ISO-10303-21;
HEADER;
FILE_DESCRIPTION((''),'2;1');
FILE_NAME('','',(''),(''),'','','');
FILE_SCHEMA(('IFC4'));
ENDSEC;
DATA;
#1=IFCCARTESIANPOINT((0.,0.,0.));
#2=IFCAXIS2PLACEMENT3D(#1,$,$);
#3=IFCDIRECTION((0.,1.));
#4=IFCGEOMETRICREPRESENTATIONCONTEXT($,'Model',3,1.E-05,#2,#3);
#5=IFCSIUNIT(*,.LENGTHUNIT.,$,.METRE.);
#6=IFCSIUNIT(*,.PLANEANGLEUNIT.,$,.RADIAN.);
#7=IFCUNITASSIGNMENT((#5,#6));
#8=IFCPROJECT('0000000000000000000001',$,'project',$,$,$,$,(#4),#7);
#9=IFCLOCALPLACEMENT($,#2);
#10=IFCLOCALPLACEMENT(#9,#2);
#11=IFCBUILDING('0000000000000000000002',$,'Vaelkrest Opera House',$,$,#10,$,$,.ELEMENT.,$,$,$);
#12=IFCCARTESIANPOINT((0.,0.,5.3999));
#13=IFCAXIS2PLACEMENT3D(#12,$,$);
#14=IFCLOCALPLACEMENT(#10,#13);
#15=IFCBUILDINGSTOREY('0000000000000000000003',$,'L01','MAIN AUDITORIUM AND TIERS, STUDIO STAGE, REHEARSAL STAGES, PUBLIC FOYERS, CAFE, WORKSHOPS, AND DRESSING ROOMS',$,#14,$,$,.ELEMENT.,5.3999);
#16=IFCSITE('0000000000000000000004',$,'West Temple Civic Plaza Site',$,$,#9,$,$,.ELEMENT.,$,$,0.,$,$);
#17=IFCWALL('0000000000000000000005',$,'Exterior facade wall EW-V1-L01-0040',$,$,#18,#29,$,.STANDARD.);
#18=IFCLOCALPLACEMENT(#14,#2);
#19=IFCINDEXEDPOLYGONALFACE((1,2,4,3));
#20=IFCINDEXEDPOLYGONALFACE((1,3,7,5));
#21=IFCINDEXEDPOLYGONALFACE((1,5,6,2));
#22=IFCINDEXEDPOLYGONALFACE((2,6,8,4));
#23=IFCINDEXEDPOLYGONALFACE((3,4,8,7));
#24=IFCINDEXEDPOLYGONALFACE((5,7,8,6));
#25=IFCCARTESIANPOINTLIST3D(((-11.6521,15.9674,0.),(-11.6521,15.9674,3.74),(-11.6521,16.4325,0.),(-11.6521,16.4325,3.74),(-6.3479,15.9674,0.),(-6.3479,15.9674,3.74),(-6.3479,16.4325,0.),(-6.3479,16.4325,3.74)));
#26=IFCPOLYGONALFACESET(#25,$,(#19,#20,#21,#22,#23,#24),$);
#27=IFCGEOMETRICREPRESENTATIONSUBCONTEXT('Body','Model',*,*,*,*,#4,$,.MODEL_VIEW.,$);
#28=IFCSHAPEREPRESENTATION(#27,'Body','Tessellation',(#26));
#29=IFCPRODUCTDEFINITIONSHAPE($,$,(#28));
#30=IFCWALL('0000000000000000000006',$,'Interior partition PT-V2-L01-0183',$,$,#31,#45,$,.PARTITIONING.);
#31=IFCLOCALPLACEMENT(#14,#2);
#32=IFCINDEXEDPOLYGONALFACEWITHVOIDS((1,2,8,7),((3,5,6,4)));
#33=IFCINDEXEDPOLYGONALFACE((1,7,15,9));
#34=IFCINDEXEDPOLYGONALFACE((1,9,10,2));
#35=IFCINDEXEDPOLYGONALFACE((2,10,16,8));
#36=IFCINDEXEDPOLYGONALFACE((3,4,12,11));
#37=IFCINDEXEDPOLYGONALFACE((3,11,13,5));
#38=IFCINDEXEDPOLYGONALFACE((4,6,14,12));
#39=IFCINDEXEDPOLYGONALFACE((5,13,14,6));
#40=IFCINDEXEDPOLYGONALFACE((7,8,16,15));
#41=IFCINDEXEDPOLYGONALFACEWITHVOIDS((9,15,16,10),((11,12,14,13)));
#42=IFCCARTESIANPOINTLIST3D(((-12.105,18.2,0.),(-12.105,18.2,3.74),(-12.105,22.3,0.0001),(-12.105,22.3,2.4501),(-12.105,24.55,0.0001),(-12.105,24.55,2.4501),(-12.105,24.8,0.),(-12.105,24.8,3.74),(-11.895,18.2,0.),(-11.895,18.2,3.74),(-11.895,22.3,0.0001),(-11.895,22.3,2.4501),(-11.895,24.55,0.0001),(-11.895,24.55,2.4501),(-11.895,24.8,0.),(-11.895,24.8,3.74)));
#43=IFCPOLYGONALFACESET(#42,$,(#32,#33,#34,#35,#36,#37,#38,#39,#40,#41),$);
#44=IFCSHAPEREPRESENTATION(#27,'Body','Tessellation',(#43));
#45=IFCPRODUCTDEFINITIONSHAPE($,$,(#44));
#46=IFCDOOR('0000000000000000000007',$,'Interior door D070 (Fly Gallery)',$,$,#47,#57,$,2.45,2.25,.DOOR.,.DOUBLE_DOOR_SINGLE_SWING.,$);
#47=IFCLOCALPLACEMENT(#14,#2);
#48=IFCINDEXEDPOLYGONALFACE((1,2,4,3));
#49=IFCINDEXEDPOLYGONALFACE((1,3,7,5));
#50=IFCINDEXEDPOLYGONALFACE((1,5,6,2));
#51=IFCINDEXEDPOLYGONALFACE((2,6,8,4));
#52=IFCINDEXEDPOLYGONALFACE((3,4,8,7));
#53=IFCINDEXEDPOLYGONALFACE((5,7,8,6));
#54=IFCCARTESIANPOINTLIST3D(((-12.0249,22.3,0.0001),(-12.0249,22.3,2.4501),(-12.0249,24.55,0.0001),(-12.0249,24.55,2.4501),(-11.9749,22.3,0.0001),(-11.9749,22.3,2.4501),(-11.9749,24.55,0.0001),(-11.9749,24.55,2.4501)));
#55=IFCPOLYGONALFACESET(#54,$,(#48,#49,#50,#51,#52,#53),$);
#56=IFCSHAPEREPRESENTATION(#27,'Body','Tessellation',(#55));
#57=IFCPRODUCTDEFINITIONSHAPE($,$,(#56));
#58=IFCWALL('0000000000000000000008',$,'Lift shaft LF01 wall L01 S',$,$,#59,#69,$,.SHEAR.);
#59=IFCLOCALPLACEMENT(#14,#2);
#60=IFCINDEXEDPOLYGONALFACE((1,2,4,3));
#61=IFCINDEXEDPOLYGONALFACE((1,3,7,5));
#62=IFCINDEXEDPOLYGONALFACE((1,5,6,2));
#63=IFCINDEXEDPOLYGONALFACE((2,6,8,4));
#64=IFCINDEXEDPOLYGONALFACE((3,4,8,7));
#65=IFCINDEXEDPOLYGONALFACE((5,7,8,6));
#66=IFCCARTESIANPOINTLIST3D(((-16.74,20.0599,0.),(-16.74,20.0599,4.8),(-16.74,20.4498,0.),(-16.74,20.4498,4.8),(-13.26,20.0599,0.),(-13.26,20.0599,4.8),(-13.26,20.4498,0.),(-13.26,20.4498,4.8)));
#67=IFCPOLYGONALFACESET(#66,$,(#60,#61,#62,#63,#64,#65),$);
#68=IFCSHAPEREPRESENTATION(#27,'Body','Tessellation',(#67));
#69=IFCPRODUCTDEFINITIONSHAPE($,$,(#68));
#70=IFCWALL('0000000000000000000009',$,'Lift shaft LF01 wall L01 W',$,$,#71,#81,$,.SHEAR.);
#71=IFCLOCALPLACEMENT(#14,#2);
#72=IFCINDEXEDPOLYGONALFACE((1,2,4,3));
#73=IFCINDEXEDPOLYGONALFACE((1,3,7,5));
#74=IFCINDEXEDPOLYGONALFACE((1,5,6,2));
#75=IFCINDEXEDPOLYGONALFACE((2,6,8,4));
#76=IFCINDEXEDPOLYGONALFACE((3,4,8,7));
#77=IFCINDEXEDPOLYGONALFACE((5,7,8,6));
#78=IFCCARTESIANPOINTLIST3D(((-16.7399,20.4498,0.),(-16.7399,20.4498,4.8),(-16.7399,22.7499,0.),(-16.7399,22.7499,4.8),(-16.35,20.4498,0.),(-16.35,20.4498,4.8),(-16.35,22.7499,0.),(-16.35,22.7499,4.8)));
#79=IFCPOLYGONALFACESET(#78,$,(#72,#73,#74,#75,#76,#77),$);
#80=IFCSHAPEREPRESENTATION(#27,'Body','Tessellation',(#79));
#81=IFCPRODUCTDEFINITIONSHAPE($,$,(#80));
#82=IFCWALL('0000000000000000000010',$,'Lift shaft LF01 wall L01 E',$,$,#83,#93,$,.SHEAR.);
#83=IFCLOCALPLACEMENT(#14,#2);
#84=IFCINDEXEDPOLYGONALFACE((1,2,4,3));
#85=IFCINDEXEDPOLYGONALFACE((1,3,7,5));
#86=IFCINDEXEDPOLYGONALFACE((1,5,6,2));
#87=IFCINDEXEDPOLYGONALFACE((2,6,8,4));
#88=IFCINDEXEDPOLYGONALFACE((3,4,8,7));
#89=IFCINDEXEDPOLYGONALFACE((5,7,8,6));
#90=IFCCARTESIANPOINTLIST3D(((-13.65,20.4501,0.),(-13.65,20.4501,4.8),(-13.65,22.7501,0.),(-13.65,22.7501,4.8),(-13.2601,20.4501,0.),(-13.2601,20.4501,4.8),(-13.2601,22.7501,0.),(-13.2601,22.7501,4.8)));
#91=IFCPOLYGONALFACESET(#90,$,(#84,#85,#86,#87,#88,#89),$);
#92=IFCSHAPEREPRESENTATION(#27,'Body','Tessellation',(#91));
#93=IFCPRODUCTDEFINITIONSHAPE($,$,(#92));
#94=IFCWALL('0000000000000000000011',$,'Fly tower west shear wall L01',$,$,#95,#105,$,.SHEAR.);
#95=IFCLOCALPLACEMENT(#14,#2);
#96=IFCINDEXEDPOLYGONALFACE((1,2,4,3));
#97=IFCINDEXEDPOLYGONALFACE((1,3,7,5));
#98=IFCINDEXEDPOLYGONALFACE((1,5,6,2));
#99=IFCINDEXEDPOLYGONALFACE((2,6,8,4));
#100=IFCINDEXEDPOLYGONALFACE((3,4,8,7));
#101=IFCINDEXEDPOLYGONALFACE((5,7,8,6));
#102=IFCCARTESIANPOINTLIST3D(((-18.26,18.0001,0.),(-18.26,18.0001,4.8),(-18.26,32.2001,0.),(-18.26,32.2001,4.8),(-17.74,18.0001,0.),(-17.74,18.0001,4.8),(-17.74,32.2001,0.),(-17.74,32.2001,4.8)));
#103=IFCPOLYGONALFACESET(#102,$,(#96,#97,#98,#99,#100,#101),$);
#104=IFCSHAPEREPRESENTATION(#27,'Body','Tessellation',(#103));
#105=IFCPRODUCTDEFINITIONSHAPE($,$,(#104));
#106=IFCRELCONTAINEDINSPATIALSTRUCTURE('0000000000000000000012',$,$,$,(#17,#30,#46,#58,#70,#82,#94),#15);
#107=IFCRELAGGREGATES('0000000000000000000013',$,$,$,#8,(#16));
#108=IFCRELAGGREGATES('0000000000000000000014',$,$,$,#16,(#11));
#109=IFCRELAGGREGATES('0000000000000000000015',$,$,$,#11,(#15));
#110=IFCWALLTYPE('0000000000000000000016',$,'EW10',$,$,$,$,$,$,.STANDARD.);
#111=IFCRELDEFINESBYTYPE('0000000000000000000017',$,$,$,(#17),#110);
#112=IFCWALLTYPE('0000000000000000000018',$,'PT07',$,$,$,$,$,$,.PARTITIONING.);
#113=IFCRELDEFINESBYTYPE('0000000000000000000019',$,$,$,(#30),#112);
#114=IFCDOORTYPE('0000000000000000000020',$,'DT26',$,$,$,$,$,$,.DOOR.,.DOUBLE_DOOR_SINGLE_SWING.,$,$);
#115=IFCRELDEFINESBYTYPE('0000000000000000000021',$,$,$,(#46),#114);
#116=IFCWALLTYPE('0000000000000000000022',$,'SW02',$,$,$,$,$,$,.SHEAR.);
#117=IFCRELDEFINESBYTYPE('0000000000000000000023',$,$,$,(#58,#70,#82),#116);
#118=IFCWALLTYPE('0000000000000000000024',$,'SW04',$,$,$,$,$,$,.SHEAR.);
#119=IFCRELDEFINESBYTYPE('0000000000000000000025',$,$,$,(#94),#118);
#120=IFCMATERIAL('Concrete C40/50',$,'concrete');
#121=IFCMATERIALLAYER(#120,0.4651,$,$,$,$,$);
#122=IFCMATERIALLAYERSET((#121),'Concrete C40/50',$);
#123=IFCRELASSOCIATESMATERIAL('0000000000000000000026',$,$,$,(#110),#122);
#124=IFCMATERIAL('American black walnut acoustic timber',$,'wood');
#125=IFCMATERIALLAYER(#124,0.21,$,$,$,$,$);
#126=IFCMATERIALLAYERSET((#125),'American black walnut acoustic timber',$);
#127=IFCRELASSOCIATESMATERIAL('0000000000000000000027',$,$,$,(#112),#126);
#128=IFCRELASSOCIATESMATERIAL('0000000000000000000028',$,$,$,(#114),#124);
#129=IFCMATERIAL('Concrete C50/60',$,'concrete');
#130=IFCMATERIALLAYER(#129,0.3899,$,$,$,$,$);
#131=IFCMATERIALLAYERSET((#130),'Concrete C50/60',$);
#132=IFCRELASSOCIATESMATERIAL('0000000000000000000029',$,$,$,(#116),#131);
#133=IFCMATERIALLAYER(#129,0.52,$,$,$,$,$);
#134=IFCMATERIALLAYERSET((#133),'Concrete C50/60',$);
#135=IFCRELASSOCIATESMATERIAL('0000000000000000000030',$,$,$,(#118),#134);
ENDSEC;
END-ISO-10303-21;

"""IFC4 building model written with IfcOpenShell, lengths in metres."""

from ifc_helpers import new_model, si_unit, direction, frame, frame_2d, origin, place, context, subcontext, project, spatial, rectangle, extrude, material, layer, layer_set, type_object, element, fill, save


model = new_model("IFC4")

# Units and contexts
model_context = context("Model", 3, precision=1e-05, world=origin(), true_north=direction((0.0, 1.0)))
body_context = subcontext(model_context, "Body", "Model", "MODEL_VIEW")
ifc_project = project(units=[si_unit("LENGTHUNIT", "METRE"), si_unit("PLANEANGLEUNIT", "RADIAN")], contexts=[model_context])

# Site, building, storey
site_placement = place(None, origin())
site = spatial("IfcSite", under=ifc_project, at=site_placement, Name="West Temple Civic Plaza Site", CompositionType="ELEMENT", RefElevation=0.0)
building_placement = place(site_placement, origin())
building = spatial("IfcBuilding", under=site, at=building_placement, Name="Vaelkrest Opera House", CompositionType="ELEMENT")
storey_placement = place(building_placement, frame((0.0, 0.0, 5.3999)))
storey = spatial("IfcBuildingStorey", under=building, at=storey_placement, Name="L01", Description="MAIN AUDITORIUM AND TIERS, STUDIO STAGE, REHEARSAL STAGES, PUBLIC FOYERS, CAFE, WORKSHOPS, AND DRESSING ROOMS", CompositionType="ELEMENT", Elevation=5.3999)

# Shared definitions
ifc_material_1 = material(Name="Concrete C50/60", Category="concrete")

# Wall
ifc_material_2 = material(Name="Concrete C40/50", Category="concrete")
ifc_layer_1 = layer(ifc_material_2, 0.4651)
ifc_layer_set_1 = layer_set([ifc_layer_1], Name="Concrete C40/50")
wall_type_1 = type_object("IfcWallType", Name="EW10", PredefinedType="STANDARD", material=ifc_layer_set_1)
wall_1_placement = place(storey_placement, frame((-11.6521, 16.2, 0.0), z_axis=(0.0, 0.0, 1.0), x_axis=(1.0, 0.0, 0.0)))
element("IfcWall", 1, at=wall_1_placement, inside=storey, type_object=wall_type_1, Name="Exterior facade wall EW-V1-L01-0040", PredefinedType="STANDARD", context=body_context, shape_type="SweptSolid", body=[
    extrude(rectangle(XDim=5.3042, YDim=0.4651, at=frame_2d((2.6521, 0.0))), origin(), (0.0, 0.0, 1.0), 3.74),
])

# Wall, opening, door
ifc_material_3 = material(Name="American black walnut acoustic timber", Category="wood")
ifc_layer_2 = layer(ifc_material_3, 0.21)
ifc_layer_set_2 = layer_set([ifc_layer_2], Name="American black walnut acoustic timber")
wall_type_2 = type_object("IfcWallType", Name="PT07", PredefinedType="PARTITIONING", material=ifc_layer_set_2)
wall_2_placement = place(storey_placement, frame((-12.0, 18.2, 0.0), z_axis=(0.0, 0.0, 1.0), x_axis=(0.0, 1.0, 0.0)))
wall_2 = element("IfcWall", 2, at=wall_2_placement, inside=storey, type_object=wall_type_2, Name="Interior partition PT-V2-L01-0183", PredefinedType="PARTITIONING", context=body_context, shape_type="SweptSolid", body=[
    extrude(rectangle(XDim=6.6001, YDim=0.21, at=frame_2d((3.3, 0.0))), origin(), (0.0, 0.0, 1.0), 3.74),
])
opening_1_placement = place(wall_2_placement, frame((4.1001, 0.0, 0.0)))
opening_1 = element("IfcOpeningElement", 3, at=opening_1_placement, cuts=wall_2, PredefinedType="OPENING", context=body_context, shape_type="SweptSolid", body=[
    extrude(rectangle(XDim=2.25, YDim=2.45, at=frame_2d((1.125, 1.2251))), frame((0.0, 0.115, 0.0), z_axis=(0.0, -1.0, 0.0), x_axis=(1.0, 0.0, 0.0)), (0.0, 0.0, 1.0), 0.23),
])
door_type_1 = type_object("IfcDoorType", Name="DT26", OperationType="DOUBLE_DOOR_SINGLE_SWING", PredefinedType="DOOR", material=ifc_material_3)
door_1_placement = place(opening_1_placement, origin())
door_1 = element("IfcDoor", 4, at=door_1_placement, inside=storey, type_object=door_type_1, Name="Interior door D070 (Fly Gallery)", OperationType="DOUBLE_DOOR_SINGLE_SWING", OverallHeight=2.45, OverallWidth=2.25, PredefinedType="DOOR", context=body_context, shape_type="SweptSolid", body=[
    extrude(rectangle(XDim=2.25, YDim=2.45, at=frame_2d((1.125, 1.2251))), frame((0.0, 0.0249, 0.0), z_axis=(0.0, -1.0, 0.0), x_axis=(1.0, 0.0, 0.0)), (0.0, 0.0, 1.0), 0.05),
])
fill(opening_1, door_1)

# Wall
ifc_layer_3 = layer(ifc_material_1, 0.3899)
ifc_layer_set_3 = layer_set([ifc_layer_3], Name="Concrete C50/60")
wall_type_3 = type_object("IfcWallType", Name="SW02", PredefinedType="SHEAR", material=ifc_layer_set_3)
wall_3_placement = place(storey_placement, frame((-13.26, 20.2549, 0.0), z_axis=(0.0, 0.0, 1.0), x_axis=(-1.0, 0.0, 0.0)))
element("IfcWall", 5, at=wall_3_placement, inside=storey, type_object=wall_type_3, Name="Lift shaft LF01 wall L01 S", PredefinedType="SHEAR", context=body_context, shape_type="SweptSolid", body=[
    extrude(rectangle(XDim=3.48, YDim=0.3899, at=frame_2d((1.74, 0.0))), origin(), (0.0, 0.0, 1.0), 4.8),
])

# Walls
for number, where, z_axis, x_axis, name in (
    (6, (-16.5449, 20.45, 0.0), (0.0, 0.0, 1.0), (0.0, 1.0, 0.0), "Lift shaft LF01 wall L01 W"),
    (7, (-13.4551, 22.75, 0.0), (0.0, 0.0, 1.0), (0.0, -1.0, 0.0), "Lift shaft LF01 wall L01 E"),
):
    element("IfcWall", number, at=place(storey_placement, frame(where, z_axis=z_axis, x_axis=x_axis)), inside=storey, type_object=wall_type_3, Name=name, PredefinedType="SHEAR", context=body_context, shape_type="SweptSolid", body=[
        extrude(rectangle(XDim=2.3, YDim=0.3899, at=frame_2d((1.1499, 0.0))), origin(), (0.0, 0.0, 1.0), 4.8),
    ])
ifc_layer_4 = layer(ifc_material_1, 0.52)
ifc_layer_set_4 = layer_set([ifc_layer_4], Name="Concrete C50/60")
wall_type_4 = type_object("IfcWallType", Name="SW04", PredefinedType="SHEAR", material=ifc_layer_set_4)
wall_4_placement = place(storey_placement, frame((-18.0, 18.0, 0.0), z_axis=(0.0, 0.0, 1.0), x_axis=(0.0, 1.0, 0.0)))
element("IfcWall", 8, at=wall_4_placement, inside=storey, type_object=wall_type_4, Name="Fly tower west shear wall L01", PredefinedType="SHEAR", context=body_context, shape_type="SweptSolid", body=[
    extrude(rectangle(XDim=14.2, YDim=0.52, at=frame_2d((7.1001, 0.0))), origin(), (0.0, 0.0, 1.0), 4.8),
])

save(model, "model.ifc")
